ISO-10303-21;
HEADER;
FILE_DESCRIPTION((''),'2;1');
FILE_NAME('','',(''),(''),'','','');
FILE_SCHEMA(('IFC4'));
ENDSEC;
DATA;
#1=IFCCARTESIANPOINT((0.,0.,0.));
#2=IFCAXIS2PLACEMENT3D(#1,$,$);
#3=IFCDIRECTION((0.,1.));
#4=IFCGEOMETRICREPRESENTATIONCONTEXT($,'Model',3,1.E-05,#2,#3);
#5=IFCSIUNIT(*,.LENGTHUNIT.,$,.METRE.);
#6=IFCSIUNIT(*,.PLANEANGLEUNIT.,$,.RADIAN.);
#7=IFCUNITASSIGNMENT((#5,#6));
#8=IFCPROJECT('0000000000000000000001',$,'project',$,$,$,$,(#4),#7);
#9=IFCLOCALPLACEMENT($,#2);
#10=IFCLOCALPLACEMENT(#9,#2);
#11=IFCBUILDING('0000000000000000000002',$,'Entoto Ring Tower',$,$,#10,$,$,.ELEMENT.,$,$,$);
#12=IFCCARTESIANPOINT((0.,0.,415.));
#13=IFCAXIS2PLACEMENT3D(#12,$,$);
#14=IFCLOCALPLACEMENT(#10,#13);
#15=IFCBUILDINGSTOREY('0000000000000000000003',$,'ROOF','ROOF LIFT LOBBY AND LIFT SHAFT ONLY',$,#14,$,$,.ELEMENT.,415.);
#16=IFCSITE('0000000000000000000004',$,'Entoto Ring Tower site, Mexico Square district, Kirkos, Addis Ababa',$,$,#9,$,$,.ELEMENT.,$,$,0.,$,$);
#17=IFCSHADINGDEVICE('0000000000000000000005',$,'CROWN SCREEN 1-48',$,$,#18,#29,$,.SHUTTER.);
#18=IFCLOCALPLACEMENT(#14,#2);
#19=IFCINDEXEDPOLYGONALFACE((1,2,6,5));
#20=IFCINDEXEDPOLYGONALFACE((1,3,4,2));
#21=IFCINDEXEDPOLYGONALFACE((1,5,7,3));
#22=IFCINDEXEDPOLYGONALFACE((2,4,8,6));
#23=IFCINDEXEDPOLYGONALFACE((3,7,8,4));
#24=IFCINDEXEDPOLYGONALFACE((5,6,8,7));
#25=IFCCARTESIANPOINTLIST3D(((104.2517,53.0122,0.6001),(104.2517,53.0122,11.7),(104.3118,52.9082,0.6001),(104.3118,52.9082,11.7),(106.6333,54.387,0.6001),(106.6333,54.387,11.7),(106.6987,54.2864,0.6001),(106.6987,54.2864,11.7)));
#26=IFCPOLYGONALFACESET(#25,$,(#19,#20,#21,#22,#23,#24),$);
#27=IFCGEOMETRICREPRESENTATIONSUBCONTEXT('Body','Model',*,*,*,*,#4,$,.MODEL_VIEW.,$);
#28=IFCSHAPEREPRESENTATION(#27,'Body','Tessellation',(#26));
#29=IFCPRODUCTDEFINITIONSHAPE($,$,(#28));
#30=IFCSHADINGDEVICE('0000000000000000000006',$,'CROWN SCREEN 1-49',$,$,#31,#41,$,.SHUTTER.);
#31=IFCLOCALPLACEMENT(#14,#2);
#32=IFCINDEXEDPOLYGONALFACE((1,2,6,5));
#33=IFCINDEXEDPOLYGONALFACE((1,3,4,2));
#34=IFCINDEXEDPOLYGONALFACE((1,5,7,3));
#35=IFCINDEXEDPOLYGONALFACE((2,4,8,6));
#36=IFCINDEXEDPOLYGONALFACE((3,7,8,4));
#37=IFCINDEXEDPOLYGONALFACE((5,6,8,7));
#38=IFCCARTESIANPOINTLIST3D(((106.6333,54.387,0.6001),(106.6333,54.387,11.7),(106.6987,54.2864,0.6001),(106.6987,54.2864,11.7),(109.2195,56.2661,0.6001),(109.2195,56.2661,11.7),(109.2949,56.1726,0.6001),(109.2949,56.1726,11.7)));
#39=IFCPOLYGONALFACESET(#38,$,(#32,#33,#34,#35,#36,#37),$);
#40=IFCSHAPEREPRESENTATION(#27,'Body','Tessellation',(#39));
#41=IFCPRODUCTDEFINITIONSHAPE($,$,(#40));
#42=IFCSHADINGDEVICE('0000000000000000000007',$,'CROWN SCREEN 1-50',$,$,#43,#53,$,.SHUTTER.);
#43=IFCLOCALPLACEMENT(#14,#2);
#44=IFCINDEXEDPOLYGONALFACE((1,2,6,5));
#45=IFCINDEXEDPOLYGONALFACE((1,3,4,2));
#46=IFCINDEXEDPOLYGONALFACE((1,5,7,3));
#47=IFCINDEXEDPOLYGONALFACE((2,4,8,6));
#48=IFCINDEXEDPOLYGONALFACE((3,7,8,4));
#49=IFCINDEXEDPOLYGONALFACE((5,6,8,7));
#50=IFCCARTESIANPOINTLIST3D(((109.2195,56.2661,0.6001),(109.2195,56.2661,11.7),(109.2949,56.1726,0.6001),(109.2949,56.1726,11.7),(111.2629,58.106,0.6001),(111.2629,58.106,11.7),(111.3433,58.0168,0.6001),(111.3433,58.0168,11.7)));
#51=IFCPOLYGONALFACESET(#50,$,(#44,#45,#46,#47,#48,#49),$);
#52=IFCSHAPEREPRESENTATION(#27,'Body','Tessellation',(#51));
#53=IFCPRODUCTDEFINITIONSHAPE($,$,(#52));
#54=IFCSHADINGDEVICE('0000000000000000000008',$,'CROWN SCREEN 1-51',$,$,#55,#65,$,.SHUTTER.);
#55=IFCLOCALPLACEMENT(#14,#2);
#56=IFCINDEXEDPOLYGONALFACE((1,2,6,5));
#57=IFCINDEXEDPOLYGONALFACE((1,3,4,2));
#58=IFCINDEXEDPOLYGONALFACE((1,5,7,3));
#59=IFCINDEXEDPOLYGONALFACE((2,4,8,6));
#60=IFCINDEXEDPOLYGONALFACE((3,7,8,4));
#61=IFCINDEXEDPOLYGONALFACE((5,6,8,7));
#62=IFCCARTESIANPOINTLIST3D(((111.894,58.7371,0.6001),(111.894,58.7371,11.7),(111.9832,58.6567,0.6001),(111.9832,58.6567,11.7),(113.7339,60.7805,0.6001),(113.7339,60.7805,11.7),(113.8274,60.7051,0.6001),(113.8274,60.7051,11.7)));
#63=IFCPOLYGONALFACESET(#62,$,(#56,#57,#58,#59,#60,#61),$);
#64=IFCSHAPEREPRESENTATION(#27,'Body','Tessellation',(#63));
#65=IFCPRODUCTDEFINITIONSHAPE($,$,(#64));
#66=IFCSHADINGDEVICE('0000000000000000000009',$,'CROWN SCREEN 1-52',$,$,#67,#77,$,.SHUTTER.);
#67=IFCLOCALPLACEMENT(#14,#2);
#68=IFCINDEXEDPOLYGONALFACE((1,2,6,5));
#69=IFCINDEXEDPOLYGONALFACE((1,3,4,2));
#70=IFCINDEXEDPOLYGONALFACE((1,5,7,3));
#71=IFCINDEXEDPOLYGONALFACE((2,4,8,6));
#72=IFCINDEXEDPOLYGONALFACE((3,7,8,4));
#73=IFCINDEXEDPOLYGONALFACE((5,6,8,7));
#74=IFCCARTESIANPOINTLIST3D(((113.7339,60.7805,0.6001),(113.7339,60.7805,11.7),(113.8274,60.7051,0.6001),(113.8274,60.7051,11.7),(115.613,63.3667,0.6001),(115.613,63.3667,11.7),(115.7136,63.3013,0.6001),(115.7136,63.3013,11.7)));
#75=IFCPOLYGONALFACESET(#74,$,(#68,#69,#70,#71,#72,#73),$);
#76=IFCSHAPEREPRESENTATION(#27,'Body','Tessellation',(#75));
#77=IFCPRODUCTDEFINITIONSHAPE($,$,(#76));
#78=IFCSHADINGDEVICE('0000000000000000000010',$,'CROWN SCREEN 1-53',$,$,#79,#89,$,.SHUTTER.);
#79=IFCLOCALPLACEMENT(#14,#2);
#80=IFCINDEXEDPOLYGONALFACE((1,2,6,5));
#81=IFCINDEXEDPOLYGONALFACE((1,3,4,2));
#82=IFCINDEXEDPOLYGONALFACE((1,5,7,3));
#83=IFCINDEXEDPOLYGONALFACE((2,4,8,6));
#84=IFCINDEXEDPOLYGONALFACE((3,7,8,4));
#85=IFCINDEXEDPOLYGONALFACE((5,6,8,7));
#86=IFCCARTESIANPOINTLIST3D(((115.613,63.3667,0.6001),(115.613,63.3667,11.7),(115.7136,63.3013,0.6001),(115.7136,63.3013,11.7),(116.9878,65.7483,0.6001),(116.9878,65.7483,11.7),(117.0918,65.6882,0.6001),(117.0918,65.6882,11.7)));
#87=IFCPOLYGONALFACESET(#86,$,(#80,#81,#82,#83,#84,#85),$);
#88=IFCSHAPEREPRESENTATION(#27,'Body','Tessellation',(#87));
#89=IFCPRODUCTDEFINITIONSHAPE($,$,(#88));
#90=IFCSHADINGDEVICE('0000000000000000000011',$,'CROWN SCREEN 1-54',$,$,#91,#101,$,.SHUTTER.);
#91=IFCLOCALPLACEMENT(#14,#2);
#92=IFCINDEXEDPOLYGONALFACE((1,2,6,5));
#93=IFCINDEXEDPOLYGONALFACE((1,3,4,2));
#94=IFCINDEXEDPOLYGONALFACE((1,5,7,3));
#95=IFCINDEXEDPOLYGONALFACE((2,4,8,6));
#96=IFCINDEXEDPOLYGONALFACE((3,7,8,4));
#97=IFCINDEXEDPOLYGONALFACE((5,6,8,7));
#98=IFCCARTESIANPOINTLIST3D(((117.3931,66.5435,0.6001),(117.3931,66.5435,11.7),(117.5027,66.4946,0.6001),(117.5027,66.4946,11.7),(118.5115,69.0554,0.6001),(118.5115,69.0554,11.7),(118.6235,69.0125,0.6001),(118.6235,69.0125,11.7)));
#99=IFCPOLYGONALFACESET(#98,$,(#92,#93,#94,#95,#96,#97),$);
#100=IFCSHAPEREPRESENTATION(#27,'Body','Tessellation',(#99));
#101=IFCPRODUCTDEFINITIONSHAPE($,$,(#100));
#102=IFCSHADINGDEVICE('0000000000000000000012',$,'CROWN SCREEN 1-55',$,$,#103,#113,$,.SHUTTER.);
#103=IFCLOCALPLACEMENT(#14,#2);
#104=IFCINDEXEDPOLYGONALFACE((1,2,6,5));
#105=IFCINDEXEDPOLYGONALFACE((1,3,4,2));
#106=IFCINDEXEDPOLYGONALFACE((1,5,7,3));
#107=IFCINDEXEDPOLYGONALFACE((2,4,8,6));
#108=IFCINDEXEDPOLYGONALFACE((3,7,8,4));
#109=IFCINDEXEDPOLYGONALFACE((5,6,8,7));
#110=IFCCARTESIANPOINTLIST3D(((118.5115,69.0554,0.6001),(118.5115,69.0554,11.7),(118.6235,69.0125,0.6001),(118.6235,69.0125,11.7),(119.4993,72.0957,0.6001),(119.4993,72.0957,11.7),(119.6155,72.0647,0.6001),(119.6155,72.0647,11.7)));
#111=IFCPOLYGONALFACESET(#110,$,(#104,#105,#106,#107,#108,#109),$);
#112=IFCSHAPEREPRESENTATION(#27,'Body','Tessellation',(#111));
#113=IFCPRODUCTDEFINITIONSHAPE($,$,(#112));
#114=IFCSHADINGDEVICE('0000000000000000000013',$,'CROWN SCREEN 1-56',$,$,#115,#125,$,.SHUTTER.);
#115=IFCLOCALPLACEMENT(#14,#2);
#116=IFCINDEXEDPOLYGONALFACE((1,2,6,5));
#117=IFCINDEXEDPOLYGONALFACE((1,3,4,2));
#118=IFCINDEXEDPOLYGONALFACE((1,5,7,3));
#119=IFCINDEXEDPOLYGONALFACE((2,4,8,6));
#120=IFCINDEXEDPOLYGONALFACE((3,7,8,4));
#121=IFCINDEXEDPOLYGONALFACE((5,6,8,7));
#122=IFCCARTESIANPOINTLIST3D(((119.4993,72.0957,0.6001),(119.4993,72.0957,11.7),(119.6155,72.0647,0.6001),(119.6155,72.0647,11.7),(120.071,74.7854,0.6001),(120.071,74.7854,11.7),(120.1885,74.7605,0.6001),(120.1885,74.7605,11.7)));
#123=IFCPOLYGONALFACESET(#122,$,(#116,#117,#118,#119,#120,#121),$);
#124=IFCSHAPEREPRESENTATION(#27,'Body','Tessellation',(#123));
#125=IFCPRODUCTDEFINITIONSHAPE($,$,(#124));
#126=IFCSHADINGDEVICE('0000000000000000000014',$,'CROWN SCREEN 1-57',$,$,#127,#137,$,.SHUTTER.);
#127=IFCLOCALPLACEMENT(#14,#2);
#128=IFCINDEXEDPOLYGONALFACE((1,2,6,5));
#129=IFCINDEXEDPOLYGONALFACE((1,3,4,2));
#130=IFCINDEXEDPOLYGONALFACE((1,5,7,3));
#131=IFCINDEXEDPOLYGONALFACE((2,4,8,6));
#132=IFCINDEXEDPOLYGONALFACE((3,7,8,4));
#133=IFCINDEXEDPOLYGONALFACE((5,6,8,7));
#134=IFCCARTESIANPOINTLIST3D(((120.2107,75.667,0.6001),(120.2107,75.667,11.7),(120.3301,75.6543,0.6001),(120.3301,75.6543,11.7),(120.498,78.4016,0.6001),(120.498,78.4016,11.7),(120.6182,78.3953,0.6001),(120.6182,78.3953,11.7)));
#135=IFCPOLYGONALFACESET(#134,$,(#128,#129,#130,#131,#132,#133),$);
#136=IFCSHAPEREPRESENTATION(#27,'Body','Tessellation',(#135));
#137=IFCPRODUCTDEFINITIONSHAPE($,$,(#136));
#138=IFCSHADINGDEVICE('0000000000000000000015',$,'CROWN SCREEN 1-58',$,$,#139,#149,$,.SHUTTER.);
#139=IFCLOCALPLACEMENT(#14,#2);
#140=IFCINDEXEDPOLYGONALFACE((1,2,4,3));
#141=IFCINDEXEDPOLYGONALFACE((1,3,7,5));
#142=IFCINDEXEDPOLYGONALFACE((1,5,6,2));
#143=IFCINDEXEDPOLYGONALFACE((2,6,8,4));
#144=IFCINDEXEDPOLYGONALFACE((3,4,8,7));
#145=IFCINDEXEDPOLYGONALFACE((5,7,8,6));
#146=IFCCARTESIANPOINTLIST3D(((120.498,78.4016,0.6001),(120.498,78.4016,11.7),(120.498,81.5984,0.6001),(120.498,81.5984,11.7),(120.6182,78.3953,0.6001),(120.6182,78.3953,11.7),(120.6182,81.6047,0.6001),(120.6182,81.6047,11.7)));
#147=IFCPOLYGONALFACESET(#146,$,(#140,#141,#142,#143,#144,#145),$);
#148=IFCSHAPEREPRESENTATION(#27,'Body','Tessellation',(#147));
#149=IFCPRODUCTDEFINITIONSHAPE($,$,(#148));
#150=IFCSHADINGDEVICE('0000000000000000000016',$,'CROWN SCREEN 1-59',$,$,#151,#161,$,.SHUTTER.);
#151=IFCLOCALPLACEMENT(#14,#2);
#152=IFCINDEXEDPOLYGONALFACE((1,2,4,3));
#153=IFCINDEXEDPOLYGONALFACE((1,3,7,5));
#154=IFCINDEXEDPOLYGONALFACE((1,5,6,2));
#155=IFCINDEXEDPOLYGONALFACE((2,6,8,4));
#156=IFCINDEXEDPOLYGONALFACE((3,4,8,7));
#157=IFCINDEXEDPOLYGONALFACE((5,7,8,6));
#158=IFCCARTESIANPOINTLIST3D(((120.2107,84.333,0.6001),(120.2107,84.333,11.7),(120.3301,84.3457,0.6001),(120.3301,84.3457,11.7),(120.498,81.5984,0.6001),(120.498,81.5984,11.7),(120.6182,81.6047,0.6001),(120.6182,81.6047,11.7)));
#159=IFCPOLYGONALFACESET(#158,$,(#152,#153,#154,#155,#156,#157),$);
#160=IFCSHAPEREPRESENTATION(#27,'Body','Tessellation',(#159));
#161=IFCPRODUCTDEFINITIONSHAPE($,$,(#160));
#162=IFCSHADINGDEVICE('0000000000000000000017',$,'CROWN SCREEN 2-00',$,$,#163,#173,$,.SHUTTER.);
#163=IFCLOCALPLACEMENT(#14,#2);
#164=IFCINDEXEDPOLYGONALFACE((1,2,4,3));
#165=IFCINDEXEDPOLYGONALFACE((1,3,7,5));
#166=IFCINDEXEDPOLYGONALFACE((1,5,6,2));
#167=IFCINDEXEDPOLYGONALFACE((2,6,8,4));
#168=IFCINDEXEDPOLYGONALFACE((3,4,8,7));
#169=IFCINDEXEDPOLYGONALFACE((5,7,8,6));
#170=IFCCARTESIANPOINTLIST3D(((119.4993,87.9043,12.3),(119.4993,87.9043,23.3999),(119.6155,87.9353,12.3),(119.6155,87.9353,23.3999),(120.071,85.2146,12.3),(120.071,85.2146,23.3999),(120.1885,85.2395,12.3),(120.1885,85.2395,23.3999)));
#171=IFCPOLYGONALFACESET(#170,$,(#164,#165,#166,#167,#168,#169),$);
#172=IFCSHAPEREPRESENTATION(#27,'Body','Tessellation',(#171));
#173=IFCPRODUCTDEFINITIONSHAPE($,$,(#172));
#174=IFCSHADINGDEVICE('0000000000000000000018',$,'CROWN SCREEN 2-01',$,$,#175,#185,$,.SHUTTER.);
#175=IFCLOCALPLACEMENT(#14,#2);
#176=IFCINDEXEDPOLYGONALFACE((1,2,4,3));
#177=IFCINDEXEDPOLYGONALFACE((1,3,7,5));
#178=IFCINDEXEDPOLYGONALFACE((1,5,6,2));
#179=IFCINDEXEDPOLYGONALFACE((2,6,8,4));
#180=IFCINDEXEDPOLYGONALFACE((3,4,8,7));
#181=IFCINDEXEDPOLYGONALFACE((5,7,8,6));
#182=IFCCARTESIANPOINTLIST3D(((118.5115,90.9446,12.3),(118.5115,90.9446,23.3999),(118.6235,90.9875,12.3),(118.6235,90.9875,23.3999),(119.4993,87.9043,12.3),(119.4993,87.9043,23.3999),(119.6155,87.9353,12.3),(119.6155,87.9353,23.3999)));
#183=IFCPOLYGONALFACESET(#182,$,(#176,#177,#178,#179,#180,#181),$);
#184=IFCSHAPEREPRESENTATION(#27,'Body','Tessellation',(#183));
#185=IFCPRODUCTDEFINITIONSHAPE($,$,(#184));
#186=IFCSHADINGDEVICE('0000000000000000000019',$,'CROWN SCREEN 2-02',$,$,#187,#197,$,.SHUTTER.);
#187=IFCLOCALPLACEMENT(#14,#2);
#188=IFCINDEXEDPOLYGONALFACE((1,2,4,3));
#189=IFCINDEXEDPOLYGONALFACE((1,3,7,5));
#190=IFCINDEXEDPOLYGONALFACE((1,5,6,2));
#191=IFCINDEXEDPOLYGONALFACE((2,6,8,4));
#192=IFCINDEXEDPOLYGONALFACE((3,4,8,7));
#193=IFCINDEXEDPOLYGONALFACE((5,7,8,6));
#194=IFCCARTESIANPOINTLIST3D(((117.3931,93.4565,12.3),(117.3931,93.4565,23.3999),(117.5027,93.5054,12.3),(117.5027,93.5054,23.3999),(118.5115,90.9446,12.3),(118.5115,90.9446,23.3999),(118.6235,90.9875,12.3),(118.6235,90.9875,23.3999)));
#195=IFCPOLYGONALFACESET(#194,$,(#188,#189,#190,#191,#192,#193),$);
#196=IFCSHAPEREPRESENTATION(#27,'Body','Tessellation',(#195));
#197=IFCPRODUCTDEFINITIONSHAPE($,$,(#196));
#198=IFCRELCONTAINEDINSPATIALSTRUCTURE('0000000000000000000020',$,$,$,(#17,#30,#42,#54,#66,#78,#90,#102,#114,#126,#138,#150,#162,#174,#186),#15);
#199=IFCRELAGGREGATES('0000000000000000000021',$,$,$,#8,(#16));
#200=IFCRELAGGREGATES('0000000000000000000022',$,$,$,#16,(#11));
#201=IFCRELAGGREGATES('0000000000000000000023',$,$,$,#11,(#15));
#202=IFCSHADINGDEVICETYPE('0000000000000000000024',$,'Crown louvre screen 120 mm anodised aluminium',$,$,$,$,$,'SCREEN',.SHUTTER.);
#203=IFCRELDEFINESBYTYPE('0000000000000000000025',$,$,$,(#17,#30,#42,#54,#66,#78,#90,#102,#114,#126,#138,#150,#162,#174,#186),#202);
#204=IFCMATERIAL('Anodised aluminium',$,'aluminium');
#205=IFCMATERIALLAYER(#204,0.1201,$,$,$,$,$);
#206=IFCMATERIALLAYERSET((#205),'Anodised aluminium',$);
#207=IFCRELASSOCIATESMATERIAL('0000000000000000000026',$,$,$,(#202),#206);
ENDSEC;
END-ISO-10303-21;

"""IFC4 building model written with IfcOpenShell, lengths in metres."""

from ifc_helpers import new_model, si_unit, direction, frame, origin, place, context, subcontext, project, spatial, polyline, outline, extrude, material, layer, layer_set, type_object, element, save


model = new_model("IFC4")

# Units and contexts
model_context = context("Model", 3, precision=1e-05, world=origin(), true_north=direction((0.0, 1.0)))
body_context = subcontext(model_context, "Body", "Model", "MODEL_VIEW")
ifc_project = project(units=[si_unit("LENGTHUNIT", "METRE"), si_unit("PLANEANGLEUNIT", "RADIAN")], contexts=[model_context])

# Site, building, storey
site_placement = place(None, origin())
site = spatial("IfcSite", under=ifc_project, at=site_placement, Name="Entoto Ring Tower site, Mexico Square district, Kirkos, Addis Ababa", CompositionType="ELEMENT", RefElevation=0.0)
building_placement = place(site_placement, origin())
building = spatial("IfcBuilding", under=site, at=building_placement, Name="Entoto Ring Tower", CompositionType="ELEMENT")
storey_placement = place(building_placement, frame((0.0, 0.0, 415.0)))
storey = spatial("IfcBuildingStorey", under=building, at=storey_placement, Name="ROOF", Description="ROOF LIFT LOBBY AND LIFT SHAFT ONLY", CompositionType="ELEMENT", Elevation=415.0)

# Shading devices
ifc_material = material(Name="Anodised aluminium", Category="aluminium")
ifc_layer = layer(ifc_material, 0.1201)
ifc_layer_set = layer_set([ifc_layer], Name="Anodised aluminium")
shading_device_type = type_object("IfcShadingDeviceType", Name="Crown louvre screen 120 mm anodised aluminium", ElementType="SCREEN", PredefinedType="SHUTTER", material=ifc_layer_set)
shading_device_1_placement = place(storey_placement, frame((0.0, 0.0, 0.6001)))
element("IfcShadingDevice", 1, at=shading_device_1_placement, inside=storey, type_object=shading_device_type, Name="CROWN SCREEN 1-48", PredefinedType="SHUTTER", context=body_context, shape_type="SweptSolid", body=[
    extrude(outline(polyline([(104.2517, 53.0122), (104.3118, 52.9082), (106.6987, 54.2864), (106.6333, 54.387), (104.2517, 53.0122)])), origin(), (0.0, 0.0, 1.0), 11.0999),
])
shading_device_2_placement = place(storey_placement, frame((0.0, 0.0, 0.6001)))
element("IfcShadingDevice", 2, at=shading_device_2_placement, inside=storey, type_object=shading_device_type, Name="CROWN SCREEN 1-49", PredefinedType="SHUTTER", context=body_context, shape_type="SweptSolid", body=[
    extrude(outline(polyline([(106.6333, 54.387), (106.6987, 54.2864), (109.2949, 56.1726), (109.2195, 56.2661), (106.6333, 54.387)])), origin(), (0.0, 0.0, 1.0), 11.0999),
])
shading_device_3_placement = place(storey_placement, frame((0.0, 0.0, 0.6001)))
element("IfcShadingDevice", 3, at=shading_device_3_placement, inside=storey, type_object=shading_device_type, Name="CROWN SCREEN 1-50", PredefinedType="SHUTTER", context=body_context, shape_type="SweptSolid", body=[
    extrude(outline(polyline([(109.2195, 56.2661), (109.2949, 56.1726), (111.3433, 58.0168), (111.2629, 58.106), (109.2195, 56.2661)])), origin(), (0.0, 0.0, 1.0), 11.0999),
])
shading_device_4_placement = place(storey_placement, frame((0.0, 0.0, 0.6001)))
element("IfcShadingDevice", 4, at=shading_device_4_placement, inside=storey, type_object=shading_device_type, Name="CROWN SCREEN 1-51", PredefinedType="SHUTTER", context=body_context, shape_type="SweptSolid", body=[
    extrude(outline(polyline([(111.894, 58.7371), (111.9832, 58.6567), (113.8274, 60.7051), (113.7339, 60.7805), (111.894, 58.7371)])), origin(), (0.0, 0.0, 1.0), 11.0999),
])
shading_device_5_placement = place(storey_placement, frame((0.0, 0.0, 0.6001)))
element("IfcShadingDevice", 5, at=shading_device_5_placement, inside=storey, type_object=shading_device_type, Name="CROWN SCREEN 1-52", PredefinedType="SHUTTER", context=body_context, shape_type="SweptSolid", body=[
    extrude(outline(polyline([(113.7339, 60.7805), (113.8274, 60.7051), (115.7136, 63.3013), (115.613, 63.3667), (113.7339, 60.7805)])), origin(), (0.0, 0.0, 1.0), 11.0999),
])
shading_device_6_placement = place(storey_placement, frame((0.0, 0.0, 0.6001)))
element("IfcShadingDevice", 6, at=shading_device_6_placement, inside=storey, type_object=shading_device_type, Name="CROWN SCREEN 1-53", PredefinedType="SHUTTER", context=body_context, shape_type="SweptSolid", body=[
    extrude(outline(polyline([(115.613, 63.3667), (115.7136, 63.3013), (117.0918, 65.6882), (116.9878, 65.7483), (115.613, 63.3667)])), origin(), (0.0, 0.0, 1.0), 11.0999),
])
shading_device_7_placement = place(storey_placement, frame((0.0, 0.0, 0.6001)))
element("IfcShadingDevice", 7, at=shading_device_7_placement, inside=storey, type_object=shading_device_type, Name="CROWN SCREEN 1-54", PredefinedType="SHUTTER", context=body_context, shape_type="SweptSolid", body=[
    extrude(outline(polyline([(117.3931, 66.5435), (117.5027, 66.4946), (118.6235, 69.0125), (118.5115, 69.0554), (117.3931, 66.5435)])), origin(), (0.0, 0.0, 1.0), 11.0999),
])
shading_device_8_placement = place(storey_placement, frame((0.0, 0.0, 0.6001)))
element("IfcShadingDevice", 8, at=shading_device_8_placement, inside=storey, type_object=shading_device_type, Name="CROWN SCREEN 1-55", PredefinedType="SHUTTER", context=body_context, shape_type="SweptSolid", body=[
    extrude(outline(polyline([(118.5115, 69.0554), (118.6235, 69.0125), (119.6155, 72.0647), (119.4993, 72.0957), (118.5115, 69.0554)])), origin(), (0.0, 0.0, 1.0), 11.0999),
])
shading_device_9_placement = place(storey_placement, frame((0.0, 0.0, 0.6001)))
element("IfcShadingDevice", 9, at=shading_device_9_placement, inside=storey, type_object=shading_device_type, Name="CROWN SCREEN 1-56", PredefinedType="SHUTTER", context=body_context, shape_type="SweptSolid", body=[
    extrude(outline(polyline([(119.4993, 72.0957), (119.6155, 72.0647), (120.1885, 74.7605), (120.071, 74.7854), (119.4993, 72.0957)])), origin(), (0.0, 0.0, 1.0), 11.0999),
])
shading_device_10_placement = place(storey_placement, frame((0.0, 0.0, 0.6001)))
element("IfcShadingDevice", 10, at=shading_device_10_placement, inside=storey, type_object=shading_device_type, Name="CROWN SCREEN 1-57", PredefinedType="SHUTTER", context=body_context, shape_type="SweptSolid", body=[
    extrude(outline(polyline([(120.2107, 75.667), (120.3301, 75.6543), (120.6182, 78.3953), (120.498, 78.4016), (120.2107, 75.667)])), origin(), (0.0, 0.0, 1.0), 11.0999),
])
shading_device_11_placement = place(storey_placement, frame((0.0, 0.0, 0.6001)))
element("IfcShadingDevice", 11, at=shading_device_11_placement, inside=storey, type_object=shading_device_type, Name="CROWN SCREEN 1-58", PredefinedType="SHUTTER", context=body_context, shape_type="SweptSolid", body=[
    extrude(outline(polyline([(120.498, 78.4016), (120.6182, 78.3953), (120.6182, 81.6047), (120.498, 81.5984), (120.498, 78.4016)])), origin(), (0.0, 0.0, 1.0), 11.0999),
])
shading_device_12_placement = place(storey_placement, frame((0.0, 0.0, 0.6001)))
element("IfcShadingDevice", 12, at=shading_device_12_placement, inside=storey, type_object=shading_device_type, Name="CROWN SCREEN 1-59", PredefinedType="SHUTTER", context=body_context, shape_type="SweptSolid", body=[
    extrude(outline(polyline([(120.498, 81.5984), (120.6182, 81.6047), (120.3301, 84.3457), (120.2107, 84.333), (120.498, 81.5984)])), origin(), (0.0, 0.0, 1.0), 11.0999),
])
shading_device_13_placement = place(storey_placement, frame((0.0, 0.0, 12.3)))
element("IfcShadingDevice", 13, at=shading_device_13_placement, inside=storey, type_object=shading_device_type, Name="CROWN SCREEN 2-00", PredefinedType="SHUTTER", context=body_context, shape_type="SweptSolid", body=[
    extrude(outline(polyline([(120.071, 85.2146), (120.1885, 85.2395), (119.6155, 87.9353), (119.4993, 87.9043), (120.071, 85.2146)])), origin(), (0.0, 0.0, 1.0), 11.0999),
])
shading_device_14_placement = place(storey_placement, frame((0.0, 0.0, 12.3)))
element("IfcShadingDevice", 14, at=shading_device_14_placement, inside=storey, type_object=shading_device_type, Name="CROWN SCREEN 2-01", PredefinedType="SHUTTER", context=body_context, shape_type="SweptSolid", body=[
    extrude(outline(polyline([(119.4993, 87.9043), (119.6155, 87.9353), (118.6235, 90.9875), (118.5115, 90.9446), (119.4993, 87.9043)])), origin(), (0.0, 0.0, 1.0), 11.0999),
])
shading_device_15_placement = place(storey_placement, frame((0.0, 0.0, 12.3)))
element("IfcShadingDevice", 15, at=shading_device_15_placement, inside=storey, type_object=shading_device_type, Name="CROWN SCREEN 2-02", PredefinedType="SHUTTER", context=body_context, shape_type="SweptSolid", body=[
    extrude(outline(polyline([(118.5115, 90.9446), (118.6235, 90.9875), (117.5027, 93.5054), (117.3931, 93.4565), (118.5115, 90.9446)])), origin(), (0.0, 0.0, 1.0), 11.0999),
])

save(model, "model.ifc")
